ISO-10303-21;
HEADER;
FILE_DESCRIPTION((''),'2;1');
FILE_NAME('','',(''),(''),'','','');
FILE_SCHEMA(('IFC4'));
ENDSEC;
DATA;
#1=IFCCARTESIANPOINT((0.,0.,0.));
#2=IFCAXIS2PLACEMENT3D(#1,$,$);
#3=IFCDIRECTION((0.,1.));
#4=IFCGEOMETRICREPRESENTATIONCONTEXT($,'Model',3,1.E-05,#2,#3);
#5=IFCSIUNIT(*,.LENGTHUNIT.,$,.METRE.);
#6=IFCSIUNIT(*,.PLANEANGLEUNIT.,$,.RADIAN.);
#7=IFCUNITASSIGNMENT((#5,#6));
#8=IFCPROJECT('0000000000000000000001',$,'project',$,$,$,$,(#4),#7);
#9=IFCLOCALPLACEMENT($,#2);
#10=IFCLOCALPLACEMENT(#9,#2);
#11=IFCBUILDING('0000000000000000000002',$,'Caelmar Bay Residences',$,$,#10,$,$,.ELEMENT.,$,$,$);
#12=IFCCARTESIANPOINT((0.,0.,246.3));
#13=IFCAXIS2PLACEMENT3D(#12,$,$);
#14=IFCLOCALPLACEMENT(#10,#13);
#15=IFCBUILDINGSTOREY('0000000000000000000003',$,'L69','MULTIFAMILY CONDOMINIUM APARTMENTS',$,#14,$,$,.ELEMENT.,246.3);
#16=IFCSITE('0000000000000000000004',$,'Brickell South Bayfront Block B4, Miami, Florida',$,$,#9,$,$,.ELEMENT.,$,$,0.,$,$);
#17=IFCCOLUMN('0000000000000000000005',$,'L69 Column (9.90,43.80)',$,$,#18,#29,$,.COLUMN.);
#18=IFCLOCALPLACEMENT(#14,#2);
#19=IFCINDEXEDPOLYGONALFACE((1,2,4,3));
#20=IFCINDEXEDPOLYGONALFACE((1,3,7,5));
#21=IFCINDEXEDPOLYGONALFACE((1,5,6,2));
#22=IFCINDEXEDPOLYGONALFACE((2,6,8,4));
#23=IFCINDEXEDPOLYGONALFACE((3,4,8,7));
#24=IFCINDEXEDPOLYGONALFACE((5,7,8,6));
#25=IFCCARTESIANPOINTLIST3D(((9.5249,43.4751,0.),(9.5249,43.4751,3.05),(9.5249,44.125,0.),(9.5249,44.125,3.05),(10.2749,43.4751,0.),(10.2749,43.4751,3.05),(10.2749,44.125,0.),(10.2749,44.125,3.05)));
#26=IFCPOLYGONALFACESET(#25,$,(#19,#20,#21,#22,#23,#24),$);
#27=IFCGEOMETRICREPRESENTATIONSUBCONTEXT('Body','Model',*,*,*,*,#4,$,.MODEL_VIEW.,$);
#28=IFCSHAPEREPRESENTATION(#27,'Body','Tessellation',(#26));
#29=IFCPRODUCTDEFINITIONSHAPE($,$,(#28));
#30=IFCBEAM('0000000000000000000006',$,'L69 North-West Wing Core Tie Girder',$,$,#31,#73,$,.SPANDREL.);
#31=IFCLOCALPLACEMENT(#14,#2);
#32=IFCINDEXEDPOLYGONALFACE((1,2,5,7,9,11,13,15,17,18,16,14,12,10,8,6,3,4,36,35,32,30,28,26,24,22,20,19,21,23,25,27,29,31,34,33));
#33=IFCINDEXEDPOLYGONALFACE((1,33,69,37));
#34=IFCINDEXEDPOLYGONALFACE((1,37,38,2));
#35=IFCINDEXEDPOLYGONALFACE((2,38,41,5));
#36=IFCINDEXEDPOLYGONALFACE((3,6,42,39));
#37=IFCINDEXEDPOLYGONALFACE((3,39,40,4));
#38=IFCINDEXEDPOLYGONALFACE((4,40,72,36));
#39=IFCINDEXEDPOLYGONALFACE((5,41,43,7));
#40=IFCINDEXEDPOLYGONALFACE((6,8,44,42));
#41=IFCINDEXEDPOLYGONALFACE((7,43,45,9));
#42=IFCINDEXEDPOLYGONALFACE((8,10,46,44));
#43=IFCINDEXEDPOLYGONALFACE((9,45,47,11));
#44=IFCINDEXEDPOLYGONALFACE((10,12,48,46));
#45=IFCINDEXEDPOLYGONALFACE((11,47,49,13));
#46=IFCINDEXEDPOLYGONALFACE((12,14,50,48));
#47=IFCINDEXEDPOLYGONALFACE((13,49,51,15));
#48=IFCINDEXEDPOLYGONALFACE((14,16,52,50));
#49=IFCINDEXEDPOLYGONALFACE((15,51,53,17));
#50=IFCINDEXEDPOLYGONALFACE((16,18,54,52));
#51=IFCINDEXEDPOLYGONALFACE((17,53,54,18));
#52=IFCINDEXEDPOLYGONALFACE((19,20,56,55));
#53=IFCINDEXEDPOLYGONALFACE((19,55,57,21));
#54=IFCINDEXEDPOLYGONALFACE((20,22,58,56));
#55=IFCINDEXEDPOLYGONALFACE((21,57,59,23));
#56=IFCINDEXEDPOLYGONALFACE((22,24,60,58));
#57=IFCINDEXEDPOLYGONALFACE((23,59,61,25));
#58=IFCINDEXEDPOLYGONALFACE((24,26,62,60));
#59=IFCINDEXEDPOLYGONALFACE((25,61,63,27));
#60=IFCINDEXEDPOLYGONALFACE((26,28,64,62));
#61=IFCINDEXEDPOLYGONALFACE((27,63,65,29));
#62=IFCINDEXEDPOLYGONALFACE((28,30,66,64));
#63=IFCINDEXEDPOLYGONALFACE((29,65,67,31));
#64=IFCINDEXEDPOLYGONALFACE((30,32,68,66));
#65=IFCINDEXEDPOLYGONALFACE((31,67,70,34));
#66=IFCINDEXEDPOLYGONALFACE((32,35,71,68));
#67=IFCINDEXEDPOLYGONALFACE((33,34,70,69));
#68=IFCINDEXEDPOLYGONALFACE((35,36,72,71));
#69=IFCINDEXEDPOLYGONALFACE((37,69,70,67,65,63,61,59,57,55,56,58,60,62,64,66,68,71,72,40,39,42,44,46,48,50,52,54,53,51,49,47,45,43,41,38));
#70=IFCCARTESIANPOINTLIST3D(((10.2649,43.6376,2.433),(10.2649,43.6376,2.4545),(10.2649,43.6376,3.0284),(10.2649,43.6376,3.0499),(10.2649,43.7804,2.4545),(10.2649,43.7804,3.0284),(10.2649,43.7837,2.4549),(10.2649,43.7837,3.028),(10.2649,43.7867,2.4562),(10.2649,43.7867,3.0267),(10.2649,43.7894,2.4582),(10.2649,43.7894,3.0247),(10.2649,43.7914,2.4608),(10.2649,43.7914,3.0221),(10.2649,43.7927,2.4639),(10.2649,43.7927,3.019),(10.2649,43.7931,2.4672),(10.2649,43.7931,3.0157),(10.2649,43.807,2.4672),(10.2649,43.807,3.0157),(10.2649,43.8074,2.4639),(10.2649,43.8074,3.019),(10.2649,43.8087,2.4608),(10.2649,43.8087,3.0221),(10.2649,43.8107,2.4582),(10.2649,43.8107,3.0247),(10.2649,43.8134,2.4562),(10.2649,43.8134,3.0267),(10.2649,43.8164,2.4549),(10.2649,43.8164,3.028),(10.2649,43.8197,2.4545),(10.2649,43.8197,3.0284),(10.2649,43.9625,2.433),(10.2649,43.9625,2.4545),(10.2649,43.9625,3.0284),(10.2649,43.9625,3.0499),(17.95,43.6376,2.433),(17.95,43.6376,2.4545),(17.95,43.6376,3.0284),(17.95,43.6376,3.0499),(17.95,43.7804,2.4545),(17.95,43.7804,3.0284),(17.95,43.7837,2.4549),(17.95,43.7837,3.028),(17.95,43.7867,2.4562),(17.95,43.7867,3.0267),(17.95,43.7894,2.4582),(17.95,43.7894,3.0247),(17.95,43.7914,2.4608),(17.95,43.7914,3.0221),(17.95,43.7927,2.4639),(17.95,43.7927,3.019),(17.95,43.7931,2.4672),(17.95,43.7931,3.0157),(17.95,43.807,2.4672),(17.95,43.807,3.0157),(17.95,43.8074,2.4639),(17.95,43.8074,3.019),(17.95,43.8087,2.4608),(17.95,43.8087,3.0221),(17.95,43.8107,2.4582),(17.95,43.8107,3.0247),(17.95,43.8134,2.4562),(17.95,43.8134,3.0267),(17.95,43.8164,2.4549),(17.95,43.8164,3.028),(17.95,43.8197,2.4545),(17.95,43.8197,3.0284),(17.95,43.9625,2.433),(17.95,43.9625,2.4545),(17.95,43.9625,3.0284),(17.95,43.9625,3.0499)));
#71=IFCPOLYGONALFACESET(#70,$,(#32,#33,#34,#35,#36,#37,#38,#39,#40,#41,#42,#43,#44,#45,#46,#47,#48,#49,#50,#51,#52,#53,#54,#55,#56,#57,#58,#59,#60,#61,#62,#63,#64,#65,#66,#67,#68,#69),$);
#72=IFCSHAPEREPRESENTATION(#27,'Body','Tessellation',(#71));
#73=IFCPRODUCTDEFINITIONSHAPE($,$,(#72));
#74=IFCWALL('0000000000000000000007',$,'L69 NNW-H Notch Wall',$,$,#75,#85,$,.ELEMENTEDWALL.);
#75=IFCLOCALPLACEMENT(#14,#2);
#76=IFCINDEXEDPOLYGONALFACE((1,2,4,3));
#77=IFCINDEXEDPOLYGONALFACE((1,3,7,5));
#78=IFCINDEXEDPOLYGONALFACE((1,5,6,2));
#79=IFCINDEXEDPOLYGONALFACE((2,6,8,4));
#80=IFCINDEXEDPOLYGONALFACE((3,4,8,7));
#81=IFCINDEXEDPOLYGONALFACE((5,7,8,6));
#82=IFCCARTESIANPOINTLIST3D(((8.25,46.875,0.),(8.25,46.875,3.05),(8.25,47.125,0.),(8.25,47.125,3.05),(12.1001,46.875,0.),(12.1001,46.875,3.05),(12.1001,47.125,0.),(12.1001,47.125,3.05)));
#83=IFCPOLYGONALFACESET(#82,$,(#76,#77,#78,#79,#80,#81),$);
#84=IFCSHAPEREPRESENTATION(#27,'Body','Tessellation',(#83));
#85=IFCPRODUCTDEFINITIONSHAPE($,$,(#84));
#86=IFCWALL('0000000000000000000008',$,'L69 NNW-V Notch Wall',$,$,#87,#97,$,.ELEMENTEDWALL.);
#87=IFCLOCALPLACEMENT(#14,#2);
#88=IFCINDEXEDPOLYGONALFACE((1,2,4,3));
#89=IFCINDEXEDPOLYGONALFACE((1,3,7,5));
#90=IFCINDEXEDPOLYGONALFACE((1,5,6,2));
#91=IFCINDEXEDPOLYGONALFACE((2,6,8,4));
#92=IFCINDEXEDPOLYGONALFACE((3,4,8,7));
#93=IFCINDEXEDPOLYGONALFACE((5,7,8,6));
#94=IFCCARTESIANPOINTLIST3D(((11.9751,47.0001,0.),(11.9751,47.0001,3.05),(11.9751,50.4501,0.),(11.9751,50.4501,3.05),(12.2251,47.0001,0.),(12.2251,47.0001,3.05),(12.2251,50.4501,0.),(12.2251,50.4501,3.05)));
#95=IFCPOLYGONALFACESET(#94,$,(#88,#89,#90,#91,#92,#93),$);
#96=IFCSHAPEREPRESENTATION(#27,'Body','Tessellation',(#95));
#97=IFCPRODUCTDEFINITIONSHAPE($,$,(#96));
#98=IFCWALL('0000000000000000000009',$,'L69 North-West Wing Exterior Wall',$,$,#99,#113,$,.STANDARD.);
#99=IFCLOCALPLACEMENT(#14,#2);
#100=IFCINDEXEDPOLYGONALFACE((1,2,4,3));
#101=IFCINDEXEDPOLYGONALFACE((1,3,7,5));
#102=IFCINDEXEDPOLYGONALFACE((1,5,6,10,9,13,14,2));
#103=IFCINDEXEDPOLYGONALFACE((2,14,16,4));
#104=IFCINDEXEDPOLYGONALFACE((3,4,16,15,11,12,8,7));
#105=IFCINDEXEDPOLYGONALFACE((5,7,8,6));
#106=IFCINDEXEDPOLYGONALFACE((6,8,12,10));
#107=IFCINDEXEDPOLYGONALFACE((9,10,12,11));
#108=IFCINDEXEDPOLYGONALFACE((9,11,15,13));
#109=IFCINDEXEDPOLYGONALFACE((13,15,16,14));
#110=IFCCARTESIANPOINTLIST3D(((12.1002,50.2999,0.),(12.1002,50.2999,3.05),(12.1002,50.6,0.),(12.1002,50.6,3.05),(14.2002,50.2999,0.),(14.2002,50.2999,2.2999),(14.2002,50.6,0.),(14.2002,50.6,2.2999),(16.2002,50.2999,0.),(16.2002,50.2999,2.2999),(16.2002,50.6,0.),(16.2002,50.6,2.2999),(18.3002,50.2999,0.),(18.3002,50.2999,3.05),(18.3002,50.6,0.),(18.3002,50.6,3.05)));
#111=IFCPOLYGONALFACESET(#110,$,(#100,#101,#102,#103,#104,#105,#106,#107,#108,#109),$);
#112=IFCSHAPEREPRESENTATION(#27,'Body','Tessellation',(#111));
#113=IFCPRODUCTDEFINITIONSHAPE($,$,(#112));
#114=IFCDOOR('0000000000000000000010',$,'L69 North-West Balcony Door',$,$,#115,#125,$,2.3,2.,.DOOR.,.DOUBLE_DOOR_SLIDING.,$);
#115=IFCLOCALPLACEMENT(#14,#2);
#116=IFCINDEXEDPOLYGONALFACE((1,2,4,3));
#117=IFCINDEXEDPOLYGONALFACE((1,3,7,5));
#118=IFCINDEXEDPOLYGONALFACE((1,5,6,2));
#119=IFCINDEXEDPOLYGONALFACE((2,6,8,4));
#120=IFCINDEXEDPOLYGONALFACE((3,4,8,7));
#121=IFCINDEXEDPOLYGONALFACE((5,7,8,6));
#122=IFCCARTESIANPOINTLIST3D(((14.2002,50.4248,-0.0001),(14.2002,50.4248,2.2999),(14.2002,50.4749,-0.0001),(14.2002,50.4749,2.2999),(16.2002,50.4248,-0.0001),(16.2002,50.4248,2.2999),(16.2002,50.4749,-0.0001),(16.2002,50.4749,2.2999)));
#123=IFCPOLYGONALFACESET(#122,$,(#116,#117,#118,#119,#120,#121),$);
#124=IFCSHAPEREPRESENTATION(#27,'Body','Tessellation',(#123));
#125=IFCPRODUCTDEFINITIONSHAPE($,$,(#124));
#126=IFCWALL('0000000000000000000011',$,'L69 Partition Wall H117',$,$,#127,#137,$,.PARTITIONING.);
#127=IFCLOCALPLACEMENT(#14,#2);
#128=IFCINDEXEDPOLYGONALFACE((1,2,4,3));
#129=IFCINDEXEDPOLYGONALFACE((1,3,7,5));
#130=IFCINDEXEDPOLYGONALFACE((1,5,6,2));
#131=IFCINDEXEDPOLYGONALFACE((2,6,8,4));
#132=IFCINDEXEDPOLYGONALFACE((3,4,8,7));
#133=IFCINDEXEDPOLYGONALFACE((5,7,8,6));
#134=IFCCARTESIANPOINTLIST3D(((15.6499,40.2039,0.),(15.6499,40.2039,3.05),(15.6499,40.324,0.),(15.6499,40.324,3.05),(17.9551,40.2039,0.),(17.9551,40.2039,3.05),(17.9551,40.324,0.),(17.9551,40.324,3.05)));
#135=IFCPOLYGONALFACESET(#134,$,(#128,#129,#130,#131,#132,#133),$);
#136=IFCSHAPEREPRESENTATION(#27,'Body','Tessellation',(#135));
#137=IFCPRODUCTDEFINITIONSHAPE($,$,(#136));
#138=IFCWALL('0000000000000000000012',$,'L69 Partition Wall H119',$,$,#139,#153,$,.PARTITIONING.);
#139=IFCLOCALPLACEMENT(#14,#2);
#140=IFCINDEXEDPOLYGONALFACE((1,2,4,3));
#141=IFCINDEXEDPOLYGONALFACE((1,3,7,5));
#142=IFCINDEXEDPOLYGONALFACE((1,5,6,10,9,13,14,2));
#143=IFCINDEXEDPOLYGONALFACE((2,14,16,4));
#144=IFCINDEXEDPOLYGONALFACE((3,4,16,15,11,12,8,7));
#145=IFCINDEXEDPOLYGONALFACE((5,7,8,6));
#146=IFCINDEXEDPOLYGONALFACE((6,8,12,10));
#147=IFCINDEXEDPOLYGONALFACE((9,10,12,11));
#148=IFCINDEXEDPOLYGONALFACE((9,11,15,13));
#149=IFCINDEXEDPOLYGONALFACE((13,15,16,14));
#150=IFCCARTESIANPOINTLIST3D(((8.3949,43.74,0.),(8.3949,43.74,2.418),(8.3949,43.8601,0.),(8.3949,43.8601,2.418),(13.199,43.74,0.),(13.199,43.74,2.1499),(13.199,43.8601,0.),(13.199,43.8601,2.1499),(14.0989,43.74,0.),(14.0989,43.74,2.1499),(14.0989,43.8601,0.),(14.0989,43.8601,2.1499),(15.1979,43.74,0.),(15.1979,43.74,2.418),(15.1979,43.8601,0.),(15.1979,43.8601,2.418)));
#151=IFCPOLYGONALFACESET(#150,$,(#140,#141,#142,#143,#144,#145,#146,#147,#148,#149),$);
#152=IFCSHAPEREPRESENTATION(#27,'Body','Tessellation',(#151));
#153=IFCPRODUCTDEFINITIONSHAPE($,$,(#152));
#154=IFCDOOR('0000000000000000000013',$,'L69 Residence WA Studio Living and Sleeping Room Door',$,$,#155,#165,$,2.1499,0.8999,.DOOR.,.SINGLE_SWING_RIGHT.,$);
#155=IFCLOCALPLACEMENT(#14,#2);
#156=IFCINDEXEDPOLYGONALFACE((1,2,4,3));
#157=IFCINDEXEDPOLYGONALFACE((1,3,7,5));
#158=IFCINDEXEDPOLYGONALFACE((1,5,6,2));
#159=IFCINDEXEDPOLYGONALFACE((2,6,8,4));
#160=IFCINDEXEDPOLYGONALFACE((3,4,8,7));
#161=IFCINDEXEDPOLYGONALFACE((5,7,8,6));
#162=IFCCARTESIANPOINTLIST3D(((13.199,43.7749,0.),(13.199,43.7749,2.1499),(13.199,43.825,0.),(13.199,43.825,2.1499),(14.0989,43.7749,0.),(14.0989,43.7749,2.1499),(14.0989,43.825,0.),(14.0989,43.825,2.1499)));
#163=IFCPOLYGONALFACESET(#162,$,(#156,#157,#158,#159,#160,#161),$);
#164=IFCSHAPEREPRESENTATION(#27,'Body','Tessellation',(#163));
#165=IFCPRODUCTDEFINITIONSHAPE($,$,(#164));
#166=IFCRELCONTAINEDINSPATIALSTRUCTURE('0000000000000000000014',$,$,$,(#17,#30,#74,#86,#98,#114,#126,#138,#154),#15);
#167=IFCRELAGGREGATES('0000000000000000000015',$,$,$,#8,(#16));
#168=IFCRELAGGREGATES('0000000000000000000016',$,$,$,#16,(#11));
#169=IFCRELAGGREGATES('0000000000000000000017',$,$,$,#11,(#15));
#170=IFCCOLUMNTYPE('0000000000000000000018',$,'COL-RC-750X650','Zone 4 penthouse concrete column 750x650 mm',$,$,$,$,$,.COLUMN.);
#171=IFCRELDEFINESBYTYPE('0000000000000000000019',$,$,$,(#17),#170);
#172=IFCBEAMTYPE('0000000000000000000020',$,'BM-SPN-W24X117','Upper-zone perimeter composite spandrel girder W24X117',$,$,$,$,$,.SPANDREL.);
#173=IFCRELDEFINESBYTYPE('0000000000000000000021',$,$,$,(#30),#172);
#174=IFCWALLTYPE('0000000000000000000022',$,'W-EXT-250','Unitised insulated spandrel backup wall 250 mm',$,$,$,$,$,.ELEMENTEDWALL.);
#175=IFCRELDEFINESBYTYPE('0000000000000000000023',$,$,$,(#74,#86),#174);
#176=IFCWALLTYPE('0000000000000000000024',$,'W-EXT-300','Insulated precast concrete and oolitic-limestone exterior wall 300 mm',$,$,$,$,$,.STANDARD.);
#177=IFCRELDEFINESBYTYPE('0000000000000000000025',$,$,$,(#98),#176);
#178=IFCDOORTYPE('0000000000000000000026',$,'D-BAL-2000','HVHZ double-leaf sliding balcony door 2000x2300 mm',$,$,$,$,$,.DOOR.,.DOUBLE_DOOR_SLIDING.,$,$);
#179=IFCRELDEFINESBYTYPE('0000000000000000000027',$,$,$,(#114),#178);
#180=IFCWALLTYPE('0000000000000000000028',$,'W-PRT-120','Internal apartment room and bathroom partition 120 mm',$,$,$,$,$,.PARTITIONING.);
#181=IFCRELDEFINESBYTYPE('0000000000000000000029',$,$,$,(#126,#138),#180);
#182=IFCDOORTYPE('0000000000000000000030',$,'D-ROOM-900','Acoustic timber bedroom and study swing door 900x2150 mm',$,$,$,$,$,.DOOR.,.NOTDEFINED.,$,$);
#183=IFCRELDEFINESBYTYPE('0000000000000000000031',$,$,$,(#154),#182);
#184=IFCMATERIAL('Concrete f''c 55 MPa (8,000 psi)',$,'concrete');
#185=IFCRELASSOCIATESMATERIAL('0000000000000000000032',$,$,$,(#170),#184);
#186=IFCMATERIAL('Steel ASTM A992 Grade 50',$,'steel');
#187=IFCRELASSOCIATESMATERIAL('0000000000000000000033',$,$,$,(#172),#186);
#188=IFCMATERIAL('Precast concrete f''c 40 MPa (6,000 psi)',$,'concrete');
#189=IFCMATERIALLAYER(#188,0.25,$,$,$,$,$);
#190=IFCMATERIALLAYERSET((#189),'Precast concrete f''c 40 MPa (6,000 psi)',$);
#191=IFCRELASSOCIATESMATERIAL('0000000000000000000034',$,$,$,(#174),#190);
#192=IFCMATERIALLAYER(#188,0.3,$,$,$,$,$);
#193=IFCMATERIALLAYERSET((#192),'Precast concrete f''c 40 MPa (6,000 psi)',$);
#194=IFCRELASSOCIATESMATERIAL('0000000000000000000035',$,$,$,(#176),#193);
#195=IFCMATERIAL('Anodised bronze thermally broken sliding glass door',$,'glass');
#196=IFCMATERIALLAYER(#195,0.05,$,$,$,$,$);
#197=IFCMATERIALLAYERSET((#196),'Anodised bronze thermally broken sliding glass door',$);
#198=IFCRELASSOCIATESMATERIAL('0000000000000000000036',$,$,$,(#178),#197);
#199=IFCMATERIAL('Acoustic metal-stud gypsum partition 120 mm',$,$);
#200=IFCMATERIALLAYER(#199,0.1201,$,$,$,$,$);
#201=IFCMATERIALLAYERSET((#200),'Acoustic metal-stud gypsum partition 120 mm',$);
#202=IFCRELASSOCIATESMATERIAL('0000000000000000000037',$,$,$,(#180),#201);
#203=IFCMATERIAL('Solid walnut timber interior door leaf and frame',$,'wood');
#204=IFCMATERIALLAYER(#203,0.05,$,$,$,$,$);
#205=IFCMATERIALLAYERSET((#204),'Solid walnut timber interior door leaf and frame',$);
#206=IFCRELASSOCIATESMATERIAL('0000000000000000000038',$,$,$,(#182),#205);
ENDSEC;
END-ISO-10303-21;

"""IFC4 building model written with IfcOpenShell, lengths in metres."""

from ifc_helpers import new_model, si_unit, direction, frame, frame_2d, origin, origin_2d, place, context, subcontext, project, spatial, rectangle, i_section, extrude, material, layer, layer_set, material_profile, profile_set, type_object, element, fill, save


model = new_model("IFC4")

# Units and contexts
model_context = context("Model", 3, precision=1e-05, world=origin(), true_north=direction((0.0, 1.0)))
body_context = subcontext(model_context, "Body", "Model", "MODEL_VIEW")
ifc_project = project(units=[si_unit("LENGTHUNIT", "METRE"), si_unit("PLANEANGLEUNIT", "RADIAN")], contexts=[model_context])

# Site, building, storey
site_placement = place(None, origin())
site = spatial("IfcSite", under=ifc_project, at=site_placement, Name="Brickell South Bayfront Block B4, Miami, Florida", CompositionType="ELEMENT", RefElevation=0.0)
building_placement = place(site_placement, origin())
building = spatial("IfcBuilding", under=site, at=building_placement, Name="Caelmar Bay Residences", CompositionType="ELEMENT")
storey_placement = place(building_placement, frame((0.0, 0.0, 246.3)))
storey = spatial("IfcBuildingStorey", under=building, at=storey_placement, Name="L69", Description="MULTIFAMILY CONDOMINIUM APARTMENTS", CompositionType="ELEMENT", Elevation=246.3)

# Column
ifc_material_1 = material(Name="Concrete f'c 55 MPa (8,000 psi)", Category="concrete")
ifc_material_profile_1 = material_profile(ifc_material_1, rectangle(XDim=0.75, YDim=0.6499, at=origin_2d()), Name="RC-COL-750X650")
ifc_profile_set_1 = profile_set([ifc_material_profile_1], Name="Concrete f'c 55 MPa (8,000 psi)")
column_type = type_object("IfcColumnType", Name="COL-RC-750X650", Description="Zone 4 penthouse concrete column 750x650 mm", PredefinedType="COLUMN", material=ifc_profile_set_1)
column_placement = place(storey_placement, frame((9.8999, 43.8, 0.0), z_axis=(0.0, 0.0, 1.0), x_axis=(1.0, 0.0, 0.0)))
element("IfcColumn", 1, at=column_placement, inside=storey, type_object=column_type, Name="L69 Column (9.90,43.80)", PredefinedType="COLUMN", context=body_context, shape_type="SweptSolid", body=[
    extrude(rectangle(XDim=0.75, YDim=0.6499, at=origin_2d()), origin(), (0.0, 0.0, 1.0), 3.05),
])

# Beam
ifc_material_2 = material(Name="Steel ASTM A992 Grade 50", Category="steel")
ifc_material_profile_2 = material_profile(ifc_material_2, i_section(OverallWidth=0.325, OverallDepth=0.6169, WebThickness=0.0139, FlangeThickness=0.0215, FilletRadius=0.0127, at=origin_2d()), Name="W24X117")
ifc_profile_set_2 = profile_set([ifc_material_profile_2], Name="Steel ASTM A992 Grade 50")
beam_type = type_object("IfcBeamType", Name="BM-SPN-W24X117", Description="Upper-zone perimeter composite spandrel girder W24X117", PredefinedType="SPANDREL", material=ifc_profile_set_2)
beam_placement = place(storey_placement, frame((10.2649, 43.8, 2.7415), z_axis=(1.0, 0.0, 0.0), x_axis=(0.0, 1.0, 0.0)))
element("IfcBeam", 2, at=beam_placement, inside=storey, type_object=beam_type, Name="L69 North-West Wing Core Tie Girder", PredefinedType="SPANDREL", context=body_context, shape_type="SweptSolid", body=[
    extrude(i_section(OverallWidth=0.325, OverallDepth=0.6169, WebThickness=0.0139, FlangeThickness=0.0215, FilletRadius=0.0127, at=origin_2d()), origin(), (0.0, 0.0, 1.0), 7.6851),
])

# Walls
ifc_material_3 = material(Name="Precast concrete f'c 40 MPa (6,000 psi)", Category="concrete")
ifc_layer_1 = layer(ifc_material_3, 0.25)
ifc_layer_set_1 = layer_set([ifc_layer_1], Name="Precast concrete f'c 40 MPa (6,000 psi)")
wall_type_1 = type_object("IfcWallType", Name="W-EXT-250", Description="Unitised insulated spandrel backup wall 250 mm", PredefinedType="ELEMENTEDWALL", material=ifc_layer_set_1)
wall_1_placement = place(storey_placement, frame((8.25, 47.0, 0.0), z_axis=(0.0, 0.0, 1.0), x_axis=(1.0, 0.0, 0.0)))
element("IfcWall", 3, at=wall_1_placement, inside=storey, type_object=wall_type_1, Name="L69 NNW-H Notch Wall", PredefinedType="ELEMENTEDWALL", context=body_context, shape_type="SweptSolid", body=[
    extrude(rectangle(XDim=3.8501, YDim=0.25, at=frame_2d((1.925, 0.0))), origin(), (0.0, 0.0, 1.0), 3.05),
])
wall_2_placement = place(storey_placement, frame((12.1001, 47.0, 0.0), z_axis=(0.0, 0.0, 1.0), x_axis=(0.0, 1.0, 0.0)))
element("IfcWall", 4, at=wall_2_placement, inside=storey, type_object=wall_type_1, Name="L69 NNW-V Notch Wall", PredefinedType="ELEMENTEDWALL", context=body_context, shape_type="SweptSolid", body=[
    extrude(rectangle(XDim=3.45, YDim=0.25, at=frame_2d((1.7251, 0.0))), origin(), (0.0, 0.0, 1.0), 3.05),
])

# Wall, opening, door
ifc_layer_2 = layer(ifc_material_3, 0.3)
ifc_layer_set_2 = layer_set([ifc_layer_2], Name="Precast concrete f'c 40 MPa (6,000 psi)")
wall_type_2 = type_object("IfcWallType", Name="W-EXT-300", Description="Insulated precast concrete and oolitic-limestone exterior wall 300 mm", PredefinedType="STANDARD", material=ifc_layer_set_2)
wall_3_placement = place(storey_placement, frame((12.1001, 50.45, 0.0), z_axis=(0.0, 0.0, 1.0), x_axis=(1.0, 0.0, 0.0)))
wall_3 = element("IfcWall", 5, at=wall_3_placement, inside=storey, type_object=wall_type_2, Name="L69 North-West Wing Exterior Wall", PredefinedType="STANDARD", context=body_context, shape_type="SweptSolid", body=[
    extrude(rectangle(XDim=6.2, YDim=0.3, at=frame_2d((3.1001, 0.0))), origin(), (0.0, 0.0, 1.0), 3.05),
])
opening_1_placement = place(wall_3_placement, frame((2.1001, 0.0, 0.0)))
opening_1 = element("IfcOpeningElement", 6, at=opening_1_placement, cuts=wall_3, PredefinedType="OPENING", context=body_context, shape_type="SweptSolid", body=[
    extrude(rectangle(XDim=2.0, YDim=2.3, at=frame_2d((1.0, 1.1499))), frame((0.0, 0.1599, 0.0), z_axis=(0.0, -1.0, 0.0), x_axis=(1.0, 0.0, 0.0)), (0.0, 0.0, 1.0), 0.3201),
])
ifc_material_4 = material(Name="Anodised bronze thermally broken sliding glass door", Category="glass")
ifc_layer_3 = layer(ifc_material_4, 0.05)
ifc_layer_set_3 = layer_set([ifc_layer_3], Name="Anodised bronze thermally broken sliding glass door")
door_type_1 = type_object("IfcDoorType", Name="D-BAL-2000", Description="HVHZ double-leaf sliding balcony door 2000x2300 mm", OperationType="DOUBLE_DOOR_SLIDING", PredefinedType="DOOR", material=ifc_layer_set_3)
door_1_placement = place(opening_1_placement, origin())
door_1 = element("IfcDoor", 7, at=door_1_placement, inside=storey, type_object=door_type_1, Name="L69 North-West Balcony Door", OperationType="DOUBLE_DOOR_SLIDING", OverallHeight=2.3, OverallWidth=2.0, PredefinedType="DOOR", context=body_context, shape_type="SweptSolid", body=[
    extrude(rectangle(XDim=2.0, YDim=2.3, at=frame_2d((1.0, 1.1499))), frame((0.0, 0.0249, 0.0), z_axis=(0.0, -1.0, 0.0), x_axis=(1.0, 0.0, 0.0)), (0.0, 0.0, 1.0), 0.05),
])
fill(opening_1, door_1)

# Wall
ifc_material_5 = material(Name="Acoustic metal-stud gypsum partition 120 mm")
ifc_layer_4 = layer(ifc_material_5, 0.1201)
ifc_layer_set_4 = layer_set([ifc_layer_4], Name="Acoustic metal-stud gypsum partition 120 mm")
wall_type_3 = type_object("IfcWallType", Name="W-PRT-120", Description="Internal apartment room and bathroom partition 120 mm", PredefinedType="PARTITIONING", material=ifc_layer_set_4)
wall_4_placement = place(storey_placement, frame((15.6499, 40.2639, 0.0), z_axis=(0.0, 0.0, 1.0), x_axis=(1.0, 0.0, 0.0)))
element("IfcWall", 8, at=wall_4_placement, inside=storey, type_object=wall_type_3, Name="L69 Partition Wall H117", PredefinedType="PARTITIONING", context=body_context, shape_type="SweptSolid", body=[
    extrude(rectangle(XDim=2.3052, YDim=0.1201, at=frame_2d((1.1526, 0.0))), origin(), (0.0, 0.0, 1.0), 3.05),
])

# Wall, opening, door
wall_5_placement = place(storey_placement, frame((8.395, 43.8, 0.0), z_axis=(0.0, 0.0, 1.0), x_axis=(1.0, 0.0, 0.0)))
wall_5 = element("IfcWall", 9, at=wall_5_placement, inside=storey, type_object=wall_type_3, Name="L69 Partition Wall H119", PredefinedType="PARTITIONING", context=body_context, shape_type="SweptSolid", body=[
    extrude(rectangle(XDim=6.803, YDim=0.1201, at=frame_2d((3.4014, 0.0))), origin(), (0.0, 0.0, 1.0), 2.418),
])
opening_2_placement = place(wall_5_placement, frame((4.804, 0.0, 0.0)))
opening_2 = element("IfcOpeningElement", 10, at=opening_2_placement, cuts=wall_5, PredefinedType="OPENING", context=body_context, shape_type="SweptSolid", body=[
    extrude(rectangle(XDim=0.8999, YDim=2.1499, at=frame_2d((0.45, 1.075))), frame((0.0, 0.0701, 0.0), z_axis=(0.0, -1.0, 0.0), x_axis=(1.0, 0.0, 0.0)), (0.0, 0.0, 1.0), 0.1401),
])
ifc_material_6 = material(Name="Solid walnut timber interior door leaf and frame", Category="wood")
ifc_layer_5 = layer(ifc_material_6, 0.05)
ifc_layer_set_5 = layer_set([ifc_layer_5], Name="Solid walnut timber interior door leaf and frame")
door_type_2 = type_object("IfcDoorType", Name="D-ROOM-900", Description="Acoustic timber bedroom and study swing door 900x2150 mm", OperationType="NOTDEFINED", PredefinedType="DOOR", material=ifc_layer_set_5)
door_2_placement = place(opening_2_placement, origin())
door_2 = element("IfcDoor", 11, at=door_2_placement, inside=storey, type_object=door_type_2, Name="L69 Residence WA Studio Living and Sleeping Room Door", OperationType="SINGLE_SWING_RIGHT", OverallHeight=2.1499, OverallWidth=0.8999, PredefinedType="DOOR", context=body_context, shape_type="SweptSolid", body=[
    extrude(rectangle(XDim=0.8999, YDim=2.1499, at=frame_2d((0.45, 1.075))), frame((0.0, 0.0249, 0.0), z_axis=(0.0, -1.0, 0.0), x_axis=(1.0, 0.0, 0.0)), (0.0, 0.0, 1.0), 0.05),
])
fill(opening_2, door_2)

save(model, "model.ifc")
